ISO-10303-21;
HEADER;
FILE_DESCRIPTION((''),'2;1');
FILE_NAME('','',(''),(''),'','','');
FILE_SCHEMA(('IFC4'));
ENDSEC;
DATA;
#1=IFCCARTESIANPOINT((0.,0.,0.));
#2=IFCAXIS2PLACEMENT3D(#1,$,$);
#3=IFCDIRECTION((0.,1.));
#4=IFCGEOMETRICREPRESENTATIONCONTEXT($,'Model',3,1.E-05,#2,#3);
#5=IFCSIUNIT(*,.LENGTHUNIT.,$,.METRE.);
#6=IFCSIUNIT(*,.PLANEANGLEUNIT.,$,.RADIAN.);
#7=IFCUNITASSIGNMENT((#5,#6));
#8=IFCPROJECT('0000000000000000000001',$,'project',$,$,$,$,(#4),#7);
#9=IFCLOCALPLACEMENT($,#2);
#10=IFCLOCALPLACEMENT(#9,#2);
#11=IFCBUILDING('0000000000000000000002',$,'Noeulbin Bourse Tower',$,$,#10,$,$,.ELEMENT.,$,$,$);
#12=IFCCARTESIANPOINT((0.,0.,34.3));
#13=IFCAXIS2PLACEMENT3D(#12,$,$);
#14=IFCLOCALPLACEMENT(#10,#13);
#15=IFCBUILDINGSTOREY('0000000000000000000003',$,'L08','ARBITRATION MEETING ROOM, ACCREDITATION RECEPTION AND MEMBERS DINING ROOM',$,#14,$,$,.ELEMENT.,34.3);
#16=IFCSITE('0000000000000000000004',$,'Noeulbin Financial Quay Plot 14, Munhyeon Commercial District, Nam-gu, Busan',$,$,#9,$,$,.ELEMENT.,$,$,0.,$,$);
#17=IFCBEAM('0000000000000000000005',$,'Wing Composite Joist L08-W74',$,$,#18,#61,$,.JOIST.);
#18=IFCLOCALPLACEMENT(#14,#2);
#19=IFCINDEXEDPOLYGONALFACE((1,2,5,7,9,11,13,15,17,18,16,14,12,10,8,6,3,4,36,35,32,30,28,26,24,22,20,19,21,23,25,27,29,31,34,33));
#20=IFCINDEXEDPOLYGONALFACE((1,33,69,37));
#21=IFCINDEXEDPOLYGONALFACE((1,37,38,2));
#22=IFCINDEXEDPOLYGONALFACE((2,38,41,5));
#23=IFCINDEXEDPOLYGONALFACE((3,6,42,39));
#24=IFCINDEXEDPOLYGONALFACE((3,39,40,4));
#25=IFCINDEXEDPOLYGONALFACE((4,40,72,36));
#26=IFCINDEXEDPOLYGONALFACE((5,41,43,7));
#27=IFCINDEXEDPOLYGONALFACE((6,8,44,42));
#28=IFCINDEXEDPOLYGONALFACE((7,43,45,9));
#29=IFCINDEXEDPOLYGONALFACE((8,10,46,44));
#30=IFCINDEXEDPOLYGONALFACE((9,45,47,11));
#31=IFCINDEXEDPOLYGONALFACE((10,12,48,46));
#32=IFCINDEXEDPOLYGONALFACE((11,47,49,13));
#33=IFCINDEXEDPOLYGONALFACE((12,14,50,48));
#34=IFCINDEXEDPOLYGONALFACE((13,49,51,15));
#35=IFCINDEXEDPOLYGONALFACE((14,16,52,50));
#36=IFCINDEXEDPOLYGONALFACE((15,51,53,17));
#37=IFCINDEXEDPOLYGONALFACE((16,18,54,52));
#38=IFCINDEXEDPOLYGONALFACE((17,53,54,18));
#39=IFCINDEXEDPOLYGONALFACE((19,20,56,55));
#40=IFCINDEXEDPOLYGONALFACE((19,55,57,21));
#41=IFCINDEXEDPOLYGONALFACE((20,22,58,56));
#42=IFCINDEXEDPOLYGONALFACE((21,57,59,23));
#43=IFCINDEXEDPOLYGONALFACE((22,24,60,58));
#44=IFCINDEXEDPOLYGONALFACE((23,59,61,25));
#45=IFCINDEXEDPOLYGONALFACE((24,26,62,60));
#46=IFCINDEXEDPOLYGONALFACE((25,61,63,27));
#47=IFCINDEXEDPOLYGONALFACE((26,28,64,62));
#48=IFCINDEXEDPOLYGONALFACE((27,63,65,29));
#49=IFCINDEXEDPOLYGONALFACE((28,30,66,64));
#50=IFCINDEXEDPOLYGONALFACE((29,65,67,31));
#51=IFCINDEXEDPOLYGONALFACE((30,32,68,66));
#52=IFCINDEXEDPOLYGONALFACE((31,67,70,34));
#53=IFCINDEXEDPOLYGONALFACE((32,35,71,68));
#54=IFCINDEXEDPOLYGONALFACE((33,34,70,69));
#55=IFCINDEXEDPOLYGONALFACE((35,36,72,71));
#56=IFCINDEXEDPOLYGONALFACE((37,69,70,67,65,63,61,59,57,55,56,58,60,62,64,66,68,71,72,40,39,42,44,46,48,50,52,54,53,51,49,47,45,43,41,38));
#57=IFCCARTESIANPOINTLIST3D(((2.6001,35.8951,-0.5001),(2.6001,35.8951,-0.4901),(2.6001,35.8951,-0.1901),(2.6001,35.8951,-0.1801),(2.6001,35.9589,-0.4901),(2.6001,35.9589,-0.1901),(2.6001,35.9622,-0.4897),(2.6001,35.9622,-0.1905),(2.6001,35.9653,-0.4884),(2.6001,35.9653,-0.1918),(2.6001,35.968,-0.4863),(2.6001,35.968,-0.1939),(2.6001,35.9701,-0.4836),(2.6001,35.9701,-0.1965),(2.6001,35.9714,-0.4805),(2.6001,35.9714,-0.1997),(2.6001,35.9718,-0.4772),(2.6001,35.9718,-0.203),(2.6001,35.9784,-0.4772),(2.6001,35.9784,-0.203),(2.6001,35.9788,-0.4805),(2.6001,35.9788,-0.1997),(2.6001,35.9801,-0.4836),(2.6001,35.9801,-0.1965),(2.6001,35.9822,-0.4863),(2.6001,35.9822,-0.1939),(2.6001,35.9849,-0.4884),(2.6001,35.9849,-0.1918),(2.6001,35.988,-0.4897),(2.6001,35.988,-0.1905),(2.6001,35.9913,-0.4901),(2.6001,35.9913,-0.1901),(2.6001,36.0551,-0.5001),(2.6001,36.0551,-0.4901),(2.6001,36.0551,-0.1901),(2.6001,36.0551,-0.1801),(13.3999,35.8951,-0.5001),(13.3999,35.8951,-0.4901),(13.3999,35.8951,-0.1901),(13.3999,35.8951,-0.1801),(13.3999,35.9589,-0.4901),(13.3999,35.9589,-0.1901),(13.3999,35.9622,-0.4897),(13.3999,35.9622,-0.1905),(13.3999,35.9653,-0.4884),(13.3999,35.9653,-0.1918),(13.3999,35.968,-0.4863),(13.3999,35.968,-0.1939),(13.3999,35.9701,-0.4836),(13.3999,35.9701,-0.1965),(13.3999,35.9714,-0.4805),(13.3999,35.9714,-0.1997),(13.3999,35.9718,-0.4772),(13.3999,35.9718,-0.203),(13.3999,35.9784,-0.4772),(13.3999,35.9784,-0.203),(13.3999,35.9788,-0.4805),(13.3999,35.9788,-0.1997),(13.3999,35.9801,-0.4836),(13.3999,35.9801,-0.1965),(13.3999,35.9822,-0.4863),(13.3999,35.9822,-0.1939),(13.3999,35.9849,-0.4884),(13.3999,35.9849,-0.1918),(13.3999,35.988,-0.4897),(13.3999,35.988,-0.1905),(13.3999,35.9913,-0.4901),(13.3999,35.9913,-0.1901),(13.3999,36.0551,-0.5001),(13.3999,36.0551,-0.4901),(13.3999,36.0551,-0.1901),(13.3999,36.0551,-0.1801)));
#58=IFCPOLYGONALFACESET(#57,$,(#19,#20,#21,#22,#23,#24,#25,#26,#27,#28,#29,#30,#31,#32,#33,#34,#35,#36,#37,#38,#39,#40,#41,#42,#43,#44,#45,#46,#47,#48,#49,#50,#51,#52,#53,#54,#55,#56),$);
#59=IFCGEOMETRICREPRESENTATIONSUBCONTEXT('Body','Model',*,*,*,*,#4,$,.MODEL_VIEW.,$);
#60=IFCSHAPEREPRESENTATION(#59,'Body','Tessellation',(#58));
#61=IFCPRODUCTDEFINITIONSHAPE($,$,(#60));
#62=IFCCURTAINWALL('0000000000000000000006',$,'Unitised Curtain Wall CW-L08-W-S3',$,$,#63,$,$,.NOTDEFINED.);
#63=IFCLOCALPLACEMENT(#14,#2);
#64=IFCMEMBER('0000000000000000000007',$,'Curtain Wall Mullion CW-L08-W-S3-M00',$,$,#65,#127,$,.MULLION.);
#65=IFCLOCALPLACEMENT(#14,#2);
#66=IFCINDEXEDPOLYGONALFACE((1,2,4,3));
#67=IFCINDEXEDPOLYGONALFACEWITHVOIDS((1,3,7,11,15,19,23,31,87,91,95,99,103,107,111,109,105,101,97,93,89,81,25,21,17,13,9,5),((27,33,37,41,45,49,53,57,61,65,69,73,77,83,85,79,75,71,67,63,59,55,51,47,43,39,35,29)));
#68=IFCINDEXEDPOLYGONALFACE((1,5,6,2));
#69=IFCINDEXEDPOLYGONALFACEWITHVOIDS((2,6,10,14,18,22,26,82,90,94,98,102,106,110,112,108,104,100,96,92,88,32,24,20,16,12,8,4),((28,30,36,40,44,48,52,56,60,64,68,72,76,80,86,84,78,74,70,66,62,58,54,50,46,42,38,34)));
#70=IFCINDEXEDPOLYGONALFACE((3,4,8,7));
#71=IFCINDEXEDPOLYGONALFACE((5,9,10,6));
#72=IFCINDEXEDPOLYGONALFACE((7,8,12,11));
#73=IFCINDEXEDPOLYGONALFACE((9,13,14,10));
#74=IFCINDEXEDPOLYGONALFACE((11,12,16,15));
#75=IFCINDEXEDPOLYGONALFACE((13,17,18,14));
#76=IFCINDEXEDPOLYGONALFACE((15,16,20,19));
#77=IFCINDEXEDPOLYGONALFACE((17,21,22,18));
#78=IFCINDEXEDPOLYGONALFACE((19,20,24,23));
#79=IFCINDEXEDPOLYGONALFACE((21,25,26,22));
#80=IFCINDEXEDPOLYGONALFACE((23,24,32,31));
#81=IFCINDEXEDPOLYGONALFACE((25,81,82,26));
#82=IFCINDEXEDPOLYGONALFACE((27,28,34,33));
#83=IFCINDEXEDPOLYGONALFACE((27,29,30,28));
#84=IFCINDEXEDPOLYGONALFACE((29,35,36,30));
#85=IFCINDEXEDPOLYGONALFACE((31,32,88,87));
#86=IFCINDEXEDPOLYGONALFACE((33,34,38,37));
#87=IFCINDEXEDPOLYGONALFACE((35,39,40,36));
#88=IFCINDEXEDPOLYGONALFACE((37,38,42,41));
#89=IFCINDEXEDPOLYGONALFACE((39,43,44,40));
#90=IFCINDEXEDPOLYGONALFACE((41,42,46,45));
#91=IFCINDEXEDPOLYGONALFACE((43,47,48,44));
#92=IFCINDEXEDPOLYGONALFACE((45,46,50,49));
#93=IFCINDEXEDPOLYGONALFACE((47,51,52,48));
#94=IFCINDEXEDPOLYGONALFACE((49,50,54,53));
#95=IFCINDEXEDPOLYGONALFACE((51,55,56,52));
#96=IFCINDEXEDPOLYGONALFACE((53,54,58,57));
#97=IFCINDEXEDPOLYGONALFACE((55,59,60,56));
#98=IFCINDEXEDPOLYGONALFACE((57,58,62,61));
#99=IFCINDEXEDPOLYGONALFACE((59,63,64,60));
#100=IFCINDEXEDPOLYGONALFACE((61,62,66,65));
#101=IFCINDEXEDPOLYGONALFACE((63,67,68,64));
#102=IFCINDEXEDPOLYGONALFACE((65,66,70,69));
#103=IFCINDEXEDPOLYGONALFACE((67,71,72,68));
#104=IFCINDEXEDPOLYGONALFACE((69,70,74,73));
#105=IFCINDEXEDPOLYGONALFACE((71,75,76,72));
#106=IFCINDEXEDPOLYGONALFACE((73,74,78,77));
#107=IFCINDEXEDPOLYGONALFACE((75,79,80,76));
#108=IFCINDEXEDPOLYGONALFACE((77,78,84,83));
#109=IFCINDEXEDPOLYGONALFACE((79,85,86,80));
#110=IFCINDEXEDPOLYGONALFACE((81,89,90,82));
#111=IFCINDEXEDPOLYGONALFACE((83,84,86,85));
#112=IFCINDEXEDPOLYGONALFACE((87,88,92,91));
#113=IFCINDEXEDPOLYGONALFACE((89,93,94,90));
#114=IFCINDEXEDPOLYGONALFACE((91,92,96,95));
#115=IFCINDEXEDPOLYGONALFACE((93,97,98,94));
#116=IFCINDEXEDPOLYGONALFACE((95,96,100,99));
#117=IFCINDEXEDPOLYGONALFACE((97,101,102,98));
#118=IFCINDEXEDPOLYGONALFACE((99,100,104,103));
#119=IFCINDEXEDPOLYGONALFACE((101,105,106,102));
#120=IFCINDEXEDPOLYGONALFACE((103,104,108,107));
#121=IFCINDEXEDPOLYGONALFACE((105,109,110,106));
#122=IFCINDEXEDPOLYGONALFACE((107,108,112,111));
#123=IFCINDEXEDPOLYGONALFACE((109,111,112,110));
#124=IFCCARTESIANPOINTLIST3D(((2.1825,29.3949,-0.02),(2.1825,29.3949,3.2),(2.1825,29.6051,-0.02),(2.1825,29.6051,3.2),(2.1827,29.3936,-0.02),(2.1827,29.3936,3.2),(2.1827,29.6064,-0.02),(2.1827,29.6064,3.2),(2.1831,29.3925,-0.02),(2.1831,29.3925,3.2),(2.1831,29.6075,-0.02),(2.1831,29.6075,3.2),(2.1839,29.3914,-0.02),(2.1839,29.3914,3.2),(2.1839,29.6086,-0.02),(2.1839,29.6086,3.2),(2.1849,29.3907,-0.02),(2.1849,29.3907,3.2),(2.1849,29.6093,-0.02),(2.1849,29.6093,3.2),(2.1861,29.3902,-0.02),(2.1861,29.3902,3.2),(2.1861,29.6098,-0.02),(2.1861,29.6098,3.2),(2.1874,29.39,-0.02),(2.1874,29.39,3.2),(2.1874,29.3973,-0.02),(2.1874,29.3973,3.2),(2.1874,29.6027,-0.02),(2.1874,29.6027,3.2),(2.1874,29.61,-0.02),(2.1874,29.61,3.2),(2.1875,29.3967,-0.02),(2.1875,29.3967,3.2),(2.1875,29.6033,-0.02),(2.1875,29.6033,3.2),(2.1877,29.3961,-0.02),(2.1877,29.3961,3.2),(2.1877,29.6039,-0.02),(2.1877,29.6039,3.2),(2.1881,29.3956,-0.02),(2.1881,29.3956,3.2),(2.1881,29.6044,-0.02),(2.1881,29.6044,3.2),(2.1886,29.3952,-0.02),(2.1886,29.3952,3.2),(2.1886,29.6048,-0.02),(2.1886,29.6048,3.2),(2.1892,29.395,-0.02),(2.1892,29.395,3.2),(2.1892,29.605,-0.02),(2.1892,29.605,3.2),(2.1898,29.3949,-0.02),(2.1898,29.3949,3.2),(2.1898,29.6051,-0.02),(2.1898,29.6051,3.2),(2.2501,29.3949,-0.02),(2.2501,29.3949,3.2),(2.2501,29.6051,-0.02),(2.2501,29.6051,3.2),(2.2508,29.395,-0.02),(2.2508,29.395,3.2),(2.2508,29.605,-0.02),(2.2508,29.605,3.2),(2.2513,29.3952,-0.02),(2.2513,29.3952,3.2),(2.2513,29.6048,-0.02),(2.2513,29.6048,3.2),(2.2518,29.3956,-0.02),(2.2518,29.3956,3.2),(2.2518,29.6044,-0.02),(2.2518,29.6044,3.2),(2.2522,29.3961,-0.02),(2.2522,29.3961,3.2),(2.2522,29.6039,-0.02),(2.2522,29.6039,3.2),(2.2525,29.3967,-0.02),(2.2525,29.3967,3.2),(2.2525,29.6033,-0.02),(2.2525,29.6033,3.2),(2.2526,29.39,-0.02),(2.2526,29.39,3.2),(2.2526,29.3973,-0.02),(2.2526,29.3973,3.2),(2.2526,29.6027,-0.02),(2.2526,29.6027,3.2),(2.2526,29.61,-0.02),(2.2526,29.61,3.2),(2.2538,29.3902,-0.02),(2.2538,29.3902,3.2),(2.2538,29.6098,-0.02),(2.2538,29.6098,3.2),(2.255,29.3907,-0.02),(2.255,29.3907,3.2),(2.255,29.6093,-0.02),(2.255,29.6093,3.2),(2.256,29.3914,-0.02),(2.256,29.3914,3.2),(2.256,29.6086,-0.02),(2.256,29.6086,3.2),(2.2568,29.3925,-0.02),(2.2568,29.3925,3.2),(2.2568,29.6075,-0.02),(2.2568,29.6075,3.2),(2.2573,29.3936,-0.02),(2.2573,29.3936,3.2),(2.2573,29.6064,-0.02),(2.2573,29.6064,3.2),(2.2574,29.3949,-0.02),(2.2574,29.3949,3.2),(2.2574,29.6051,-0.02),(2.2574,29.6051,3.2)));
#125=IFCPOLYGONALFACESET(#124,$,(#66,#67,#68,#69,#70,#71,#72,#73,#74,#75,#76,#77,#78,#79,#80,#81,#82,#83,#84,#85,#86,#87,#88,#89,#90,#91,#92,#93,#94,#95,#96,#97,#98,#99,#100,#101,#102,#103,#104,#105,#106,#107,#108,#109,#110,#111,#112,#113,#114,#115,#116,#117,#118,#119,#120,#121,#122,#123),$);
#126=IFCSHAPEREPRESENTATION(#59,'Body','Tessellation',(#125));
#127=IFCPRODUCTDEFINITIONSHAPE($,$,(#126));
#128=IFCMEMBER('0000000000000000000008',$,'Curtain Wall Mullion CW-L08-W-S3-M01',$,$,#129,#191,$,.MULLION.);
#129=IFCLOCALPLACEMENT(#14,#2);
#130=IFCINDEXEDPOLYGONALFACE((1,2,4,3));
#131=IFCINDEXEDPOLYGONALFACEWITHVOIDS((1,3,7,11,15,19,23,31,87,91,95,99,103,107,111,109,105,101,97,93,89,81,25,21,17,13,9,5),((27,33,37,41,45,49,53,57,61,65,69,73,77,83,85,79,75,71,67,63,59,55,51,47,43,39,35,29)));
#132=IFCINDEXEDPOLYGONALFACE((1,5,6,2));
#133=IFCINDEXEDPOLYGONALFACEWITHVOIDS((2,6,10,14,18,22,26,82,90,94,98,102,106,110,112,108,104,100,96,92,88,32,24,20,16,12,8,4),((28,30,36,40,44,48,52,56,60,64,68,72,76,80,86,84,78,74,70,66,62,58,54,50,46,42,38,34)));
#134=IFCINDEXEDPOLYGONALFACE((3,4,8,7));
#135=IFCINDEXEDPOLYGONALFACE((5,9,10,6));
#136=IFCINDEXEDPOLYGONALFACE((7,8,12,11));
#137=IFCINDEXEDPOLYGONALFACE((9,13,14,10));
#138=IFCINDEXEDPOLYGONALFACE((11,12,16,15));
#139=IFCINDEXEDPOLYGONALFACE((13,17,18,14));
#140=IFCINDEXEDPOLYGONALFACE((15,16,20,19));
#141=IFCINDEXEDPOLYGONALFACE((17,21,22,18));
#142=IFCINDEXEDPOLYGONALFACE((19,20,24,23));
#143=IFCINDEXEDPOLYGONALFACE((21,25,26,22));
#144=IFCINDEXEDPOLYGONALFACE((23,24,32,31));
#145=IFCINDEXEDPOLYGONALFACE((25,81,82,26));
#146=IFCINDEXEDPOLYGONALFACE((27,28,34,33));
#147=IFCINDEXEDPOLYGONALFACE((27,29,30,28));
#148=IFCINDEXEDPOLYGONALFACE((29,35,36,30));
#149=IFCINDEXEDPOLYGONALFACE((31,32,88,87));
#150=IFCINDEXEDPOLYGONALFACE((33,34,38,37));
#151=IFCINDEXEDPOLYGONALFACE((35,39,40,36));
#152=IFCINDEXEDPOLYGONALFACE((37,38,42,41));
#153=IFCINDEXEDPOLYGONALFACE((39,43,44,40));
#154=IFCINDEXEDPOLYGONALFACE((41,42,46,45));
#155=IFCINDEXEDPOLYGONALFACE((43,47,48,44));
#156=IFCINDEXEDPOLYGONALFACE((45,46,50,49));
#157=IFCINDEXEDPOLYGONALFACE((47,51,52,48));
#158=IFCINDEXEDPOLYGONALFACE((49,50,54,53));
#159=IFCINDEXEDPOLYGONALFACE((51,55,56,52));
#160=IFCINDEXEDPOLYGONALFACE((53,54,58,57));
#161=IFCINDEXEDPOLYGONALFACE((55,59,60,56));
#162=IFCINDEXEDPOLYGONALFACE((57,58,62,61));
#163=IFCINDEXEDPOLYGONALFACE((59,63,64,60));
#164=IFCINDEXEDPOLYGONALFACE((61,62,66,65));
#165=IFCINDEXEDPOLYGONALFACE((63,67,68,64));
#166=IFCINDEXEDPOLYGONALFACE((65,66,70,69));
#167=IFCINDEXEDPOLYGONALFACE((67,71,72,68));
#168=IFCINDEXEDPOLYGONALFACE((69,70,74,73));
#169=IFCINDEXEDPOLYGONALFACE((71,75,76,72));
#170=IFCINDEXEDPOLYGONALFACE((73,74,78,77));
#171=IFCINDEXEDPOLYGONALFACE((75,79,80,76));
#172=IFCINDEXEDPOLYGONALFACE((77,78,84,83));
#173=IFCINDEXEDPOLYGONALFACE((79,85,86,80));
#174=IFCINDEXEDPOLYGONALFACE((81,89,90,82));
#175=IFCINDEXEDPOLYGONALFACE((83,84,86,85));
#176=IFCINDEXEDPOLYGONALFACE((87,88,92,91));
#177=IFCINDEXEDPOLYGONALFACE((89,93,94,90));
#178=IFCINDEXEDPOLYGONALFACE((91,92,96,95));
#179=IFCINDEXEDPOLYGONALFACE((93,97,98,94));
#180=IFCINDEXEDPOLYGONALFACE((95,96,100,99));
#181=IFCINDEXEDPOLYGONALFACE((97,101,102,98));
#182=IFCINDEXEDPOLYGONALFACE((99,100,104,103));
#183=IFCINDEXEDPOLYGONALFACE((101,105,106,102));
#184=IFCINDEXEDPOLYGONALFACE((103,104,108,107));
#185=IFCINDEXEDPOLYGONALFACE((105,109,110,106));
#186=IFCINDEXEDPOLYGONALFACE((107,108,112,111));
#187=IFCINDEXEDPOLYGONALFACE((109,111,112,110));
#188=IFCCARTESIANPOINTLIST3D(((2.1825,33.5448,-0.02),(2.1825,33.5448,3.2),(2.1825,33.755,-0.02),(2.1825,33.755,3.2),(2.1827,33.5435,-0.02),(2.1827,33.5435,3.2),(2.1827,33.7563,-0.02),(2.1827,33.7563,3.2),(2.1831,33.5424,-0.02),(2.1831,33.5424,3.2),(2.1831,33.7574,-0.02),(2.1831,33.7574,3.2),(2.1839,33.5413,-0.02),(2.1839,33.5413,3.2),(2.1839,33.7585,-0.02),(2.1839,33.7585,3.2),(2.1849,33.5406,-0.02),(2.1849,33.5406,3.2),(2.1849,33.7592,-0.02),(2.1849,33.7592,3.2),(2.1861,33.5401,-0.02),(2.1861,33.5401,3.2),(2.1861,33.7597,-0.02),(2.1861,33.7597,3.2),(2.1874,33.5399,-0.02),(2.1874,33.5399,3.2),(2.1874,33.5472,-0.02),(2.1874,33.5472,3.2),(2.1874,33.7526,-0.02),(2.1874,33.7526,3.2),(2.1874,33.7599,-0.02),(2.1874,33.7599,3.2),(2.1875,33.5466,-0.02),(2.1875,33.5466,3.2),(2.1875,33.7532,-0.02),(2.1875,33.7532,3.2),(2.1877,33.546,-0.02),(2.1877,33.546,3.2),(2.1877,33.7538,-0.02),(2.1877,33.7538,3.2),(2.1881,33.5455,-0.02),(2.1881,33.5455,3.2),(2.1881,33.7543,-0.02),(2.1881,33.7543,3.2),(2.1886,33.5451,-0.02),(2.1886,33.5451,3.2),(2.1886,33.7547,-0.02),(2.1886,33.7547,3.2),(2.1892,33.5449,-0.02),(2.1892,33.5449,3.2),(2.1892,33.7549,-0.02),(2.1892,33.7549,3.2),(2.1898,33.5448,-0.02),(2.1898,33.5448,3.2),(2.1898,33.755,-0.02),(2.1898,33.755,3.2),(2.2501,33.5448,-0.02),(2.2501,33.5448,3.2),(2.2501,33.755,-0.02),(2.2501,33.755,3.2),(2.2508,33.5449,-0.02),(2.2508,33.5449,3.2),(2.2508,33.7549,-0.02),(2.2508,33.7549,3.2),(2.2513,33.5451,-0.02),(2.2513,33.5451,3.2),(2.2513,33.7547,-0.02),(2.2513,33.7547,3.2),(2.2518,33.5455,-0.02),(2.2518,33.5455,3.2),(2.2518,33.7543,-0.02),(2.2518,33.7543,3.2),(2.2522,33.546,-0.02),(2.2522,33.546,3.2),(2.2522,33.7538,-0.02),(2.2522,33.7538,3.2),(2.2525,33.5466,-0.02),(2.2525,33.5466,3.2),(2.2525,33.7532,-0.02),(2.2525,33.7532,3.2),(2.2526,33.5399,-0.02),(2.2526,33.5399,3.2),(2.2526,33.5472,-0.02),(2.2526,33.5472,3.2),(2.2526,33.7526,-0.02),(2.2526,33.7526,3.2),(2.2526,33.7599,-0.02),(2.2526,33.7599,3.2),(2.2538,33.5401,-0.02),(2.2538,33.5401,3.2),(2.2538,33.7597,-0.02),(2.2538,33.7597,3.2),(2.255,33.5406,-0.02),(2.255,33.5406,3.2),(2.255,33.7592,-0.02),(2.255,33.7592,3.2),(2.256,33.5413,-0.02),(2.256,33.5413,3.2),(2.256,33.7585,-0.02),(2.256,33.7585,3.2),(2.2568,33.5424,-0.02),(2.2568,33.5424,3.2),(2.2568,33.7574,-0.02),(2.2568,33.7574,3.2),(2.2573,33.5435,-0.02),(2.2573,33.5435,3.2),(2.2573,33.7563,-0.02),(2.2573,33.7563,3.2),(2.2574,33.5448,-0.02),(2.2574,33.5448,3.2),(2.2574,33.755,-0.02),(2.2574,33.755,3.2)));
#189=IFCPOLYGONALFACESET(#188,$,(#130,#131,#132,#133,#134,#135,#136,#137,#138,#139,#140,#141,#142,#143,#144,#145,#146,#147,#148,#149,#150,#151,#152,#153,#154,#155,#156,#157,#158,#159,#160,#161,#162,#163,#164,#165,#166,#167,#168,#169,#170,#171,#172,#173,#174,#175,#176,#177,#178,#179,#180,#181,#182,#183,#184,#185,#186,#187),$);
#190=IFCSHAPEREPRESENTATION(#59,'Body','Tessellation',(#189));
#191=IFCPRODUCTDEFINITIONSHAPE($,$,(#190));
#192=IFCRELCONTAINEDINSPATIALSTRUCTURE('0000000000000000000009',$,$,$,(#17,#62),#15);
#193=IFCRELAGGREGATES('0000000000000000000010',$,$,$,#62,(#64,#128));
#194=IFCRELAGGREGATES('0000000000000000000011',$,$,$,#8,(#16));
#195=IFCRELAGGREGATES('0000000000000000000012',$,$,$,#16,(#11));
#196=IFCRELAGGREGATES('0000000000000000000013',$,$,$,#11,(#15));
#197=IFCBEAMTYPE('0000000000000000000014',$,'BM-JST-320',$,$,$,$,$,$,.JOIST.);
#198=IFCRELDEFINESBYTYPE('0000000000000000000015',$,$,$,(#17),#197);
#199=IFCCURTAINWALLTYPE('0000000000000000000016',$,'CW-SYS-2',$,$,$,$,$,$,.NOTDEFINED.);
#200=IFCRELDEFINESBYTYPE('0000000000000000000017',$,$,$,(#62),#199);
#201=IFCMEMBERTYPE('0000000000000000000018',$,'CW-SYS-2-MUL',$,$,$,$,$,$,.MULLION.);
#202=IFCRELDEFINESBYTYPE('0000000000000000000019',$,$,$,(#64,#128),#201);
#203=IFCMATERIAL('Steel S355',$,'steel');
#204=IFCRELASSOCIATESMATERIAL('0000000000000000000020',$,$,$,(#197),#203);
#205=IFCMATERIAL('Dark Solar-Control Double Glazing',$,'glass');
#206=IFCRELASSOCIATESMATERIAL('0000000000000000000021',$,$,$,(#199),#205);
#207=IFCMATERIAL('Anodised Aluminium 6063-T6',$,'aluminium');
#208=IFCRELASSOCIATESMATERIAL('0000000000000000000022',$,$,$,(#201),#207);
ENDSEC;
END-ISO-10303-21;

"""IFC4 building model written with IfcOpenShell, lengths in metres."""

from ifc_helpers import new_model, si_unit, direction, frame, origin, origin_2d, place, context, subcontext, project, spatial, hollow_rectangle, i_section, extrude, material, material_profile, profile_set, type_object, element, aggregate, save


model = new_model("IFC4")

# Units and contexts
model_context = context("Model", 3, precision=1e-05, world=origin(), true_north=direction((0.0, 1.0)))
body_context = subcontext(model_context, "Body", "Model", "MODEL_VIEW")
ifc_project = project(units=[si_unit("LENGTHUNIT", "METRE"), si_unit("PLANEANGLEUNIT", "RADIAN")], contexts=[model_context])

# Site, building, storey
site_placement = place(None, origin())
site = spatial("IfcSite", under=ifc_project, at=site_placement, Name="Noeulbin Financial Quay Plot 14, Munhyeon Commercial District, Nam-gu, Busan", CompositionType="ELEMENT", RefElevation=0.0)
building_placement = place(site_placement, origin())
building = spatial("IfcBuilding", under=site, at=building_placement, Name="Noeulbin Bourse Tower", CompositionType="ELEMENT")
storey_placement = place(building_placement, frame((0.0, 0.0, 34.3)))
storey = spatial("IfcBuildingStorey", under=building, at=storey_placement, Name="L08", Description="ARBITRATION MEETING ROOM, ACCREDITATION RECEPTION AND MEMBERS DINING ROOM", CompositionType="ELEMENT", Elevation=34.3)

# Beam
ifc_material_1 = material(Name="Steel S355", Category="steel")
ifc_material_profile_1 = material_profile(ifc_material_1, i_section(OverallWidth=0.1599, OverallDepth=0.3201, WebThickness=0.0066, FlangeThickness=0.01, FilletRadius=0.0129, at=origin_2d()), Name="H-320x160x6.5x10", Category="LoadBearing")
ifc_profile_set_1 = profile_set([ifc_material_profile_1], Name="Steel S355")
beam_type = type_object("IfcBeamType", Name="BM-JST-320", PredefinedType="JOIST", material=ifc_profile_set_1)
for number, where, z_axis, x_axis, name in (
    (1, (2.6001, 35.9751, -0.3401), (1.0, 0.0, 0.0), (0.0, 1.0, 0.0), "Wing Composite Joist L08-W74"),
):
    element("IfcBeam", number, at=place(storey_placement, frame(where, z_axis=z_axis, x_axis=x_axis)), inside=storey, type_object=beam_type, Name=name, PredefinedType="JOIST", context=body_context, shape_type="SweptSolid", body=[
        extrude(i_section(OverallWidth=0.1599, OverallDepth=0.3201, WebThickness=0.0066, FlangeThickness=0.01, FilletRadius=0.0129, at=origin_2d()), origin(), (0.0, 0.0, 1.0), 10.7998),
    ])

# Curtain wall, members
ifc_material_2 = material(Name="Dark Solar-Control Double Glazing", Category="glass")
curtain_wall_type = type_object("IfcCurtainWallType", Name="CW-SYS-2", PredefinedType="NOTDEFINED", material=ifc_material_2)
curtain_wall_placement = place(storey_placement, origin())
curtain_wall = element("IfcCurtainWall", 2, at=curtain_wall_placement, inside=storey, type_object=curtain_wall_type, Name="Unitised Curtain Wall CW-L08-W-S3", PredefinedType="NOTDEFINED")
ifc_material_3 = material(Name="Anodised Aluminium 6063-T6", Category="aluminium")
ifc_material_profile_2 = material_profile(ifc_material_3, hollow_rectangle(XDim=0.075, YDim=0.22, WallThickness=0.0049, InnerFilletRadius=0.0024, OuterFilletRadius=0.0049, at=origin_2d()), Name="ALU-MULL-75x220x5", Category="LoadBearing")
ifc_profile_set_2 = profile_set([ifc_material_profile_2], Name="Anodised Aluminium 6063-T6")
member_type_1 = type_object("IfcMemberType", Name="CW-SYS-2-MUL", PredefinedType="MULLION", material=ifc_profile_set_2)
member_1_placement = place(storey_placement, frame((2.22, 29.5, -0.02), z_axis=(0.0, 0.0, 1.0), x_axis=(1.0, 0.0, 0.0)))
member_1 = element("IfcMember", 3, at=member_1_placement, type_object=member_type_1, Name="Curtain Wall Mullion CW-L08-W-S3-M00", PredefinedType="MULLION", context=body_context, shape_type="SweptSolid", body=[
    extrude(hollow_rectangle(XDim=0.075, YDim=0.22, WallThickness=0.0049, InnerFilletRadius=0.0024, OuterFilletRadius=0.0049, at=origin_2d()), origin(), (0.0, 0.0, 1.0), 3.22),
])
member_2_placement = place(storey_placement, frame((2.22, 33.6499, -0.02), z_axis=(0.0, 0.0, 1.0), x_axis=(1.0, 0.0, 0.0)))
member_2 = element("IfcMember", 4, at=member_2_placement, type_object=member_type_1, Name="Curtain Wall Mullion CW-L08-W-S3-M01", PredefinedType="MULLION", context=body_context, shape_type="SweptSolid", body=[
    extrude(hollow_rectangle(XDim=0.075, YDim=0.22, WallThickness=0.0049, InnerFilletRadius=0.0024, OuterFilletRadius=0.0049, at=origin_2d()), origin(), (0.0, 0.0, 1.0), 3.22),
])
aggregate(curtain_wall, [member_1, member_2])

save(model, "model.ifc")
